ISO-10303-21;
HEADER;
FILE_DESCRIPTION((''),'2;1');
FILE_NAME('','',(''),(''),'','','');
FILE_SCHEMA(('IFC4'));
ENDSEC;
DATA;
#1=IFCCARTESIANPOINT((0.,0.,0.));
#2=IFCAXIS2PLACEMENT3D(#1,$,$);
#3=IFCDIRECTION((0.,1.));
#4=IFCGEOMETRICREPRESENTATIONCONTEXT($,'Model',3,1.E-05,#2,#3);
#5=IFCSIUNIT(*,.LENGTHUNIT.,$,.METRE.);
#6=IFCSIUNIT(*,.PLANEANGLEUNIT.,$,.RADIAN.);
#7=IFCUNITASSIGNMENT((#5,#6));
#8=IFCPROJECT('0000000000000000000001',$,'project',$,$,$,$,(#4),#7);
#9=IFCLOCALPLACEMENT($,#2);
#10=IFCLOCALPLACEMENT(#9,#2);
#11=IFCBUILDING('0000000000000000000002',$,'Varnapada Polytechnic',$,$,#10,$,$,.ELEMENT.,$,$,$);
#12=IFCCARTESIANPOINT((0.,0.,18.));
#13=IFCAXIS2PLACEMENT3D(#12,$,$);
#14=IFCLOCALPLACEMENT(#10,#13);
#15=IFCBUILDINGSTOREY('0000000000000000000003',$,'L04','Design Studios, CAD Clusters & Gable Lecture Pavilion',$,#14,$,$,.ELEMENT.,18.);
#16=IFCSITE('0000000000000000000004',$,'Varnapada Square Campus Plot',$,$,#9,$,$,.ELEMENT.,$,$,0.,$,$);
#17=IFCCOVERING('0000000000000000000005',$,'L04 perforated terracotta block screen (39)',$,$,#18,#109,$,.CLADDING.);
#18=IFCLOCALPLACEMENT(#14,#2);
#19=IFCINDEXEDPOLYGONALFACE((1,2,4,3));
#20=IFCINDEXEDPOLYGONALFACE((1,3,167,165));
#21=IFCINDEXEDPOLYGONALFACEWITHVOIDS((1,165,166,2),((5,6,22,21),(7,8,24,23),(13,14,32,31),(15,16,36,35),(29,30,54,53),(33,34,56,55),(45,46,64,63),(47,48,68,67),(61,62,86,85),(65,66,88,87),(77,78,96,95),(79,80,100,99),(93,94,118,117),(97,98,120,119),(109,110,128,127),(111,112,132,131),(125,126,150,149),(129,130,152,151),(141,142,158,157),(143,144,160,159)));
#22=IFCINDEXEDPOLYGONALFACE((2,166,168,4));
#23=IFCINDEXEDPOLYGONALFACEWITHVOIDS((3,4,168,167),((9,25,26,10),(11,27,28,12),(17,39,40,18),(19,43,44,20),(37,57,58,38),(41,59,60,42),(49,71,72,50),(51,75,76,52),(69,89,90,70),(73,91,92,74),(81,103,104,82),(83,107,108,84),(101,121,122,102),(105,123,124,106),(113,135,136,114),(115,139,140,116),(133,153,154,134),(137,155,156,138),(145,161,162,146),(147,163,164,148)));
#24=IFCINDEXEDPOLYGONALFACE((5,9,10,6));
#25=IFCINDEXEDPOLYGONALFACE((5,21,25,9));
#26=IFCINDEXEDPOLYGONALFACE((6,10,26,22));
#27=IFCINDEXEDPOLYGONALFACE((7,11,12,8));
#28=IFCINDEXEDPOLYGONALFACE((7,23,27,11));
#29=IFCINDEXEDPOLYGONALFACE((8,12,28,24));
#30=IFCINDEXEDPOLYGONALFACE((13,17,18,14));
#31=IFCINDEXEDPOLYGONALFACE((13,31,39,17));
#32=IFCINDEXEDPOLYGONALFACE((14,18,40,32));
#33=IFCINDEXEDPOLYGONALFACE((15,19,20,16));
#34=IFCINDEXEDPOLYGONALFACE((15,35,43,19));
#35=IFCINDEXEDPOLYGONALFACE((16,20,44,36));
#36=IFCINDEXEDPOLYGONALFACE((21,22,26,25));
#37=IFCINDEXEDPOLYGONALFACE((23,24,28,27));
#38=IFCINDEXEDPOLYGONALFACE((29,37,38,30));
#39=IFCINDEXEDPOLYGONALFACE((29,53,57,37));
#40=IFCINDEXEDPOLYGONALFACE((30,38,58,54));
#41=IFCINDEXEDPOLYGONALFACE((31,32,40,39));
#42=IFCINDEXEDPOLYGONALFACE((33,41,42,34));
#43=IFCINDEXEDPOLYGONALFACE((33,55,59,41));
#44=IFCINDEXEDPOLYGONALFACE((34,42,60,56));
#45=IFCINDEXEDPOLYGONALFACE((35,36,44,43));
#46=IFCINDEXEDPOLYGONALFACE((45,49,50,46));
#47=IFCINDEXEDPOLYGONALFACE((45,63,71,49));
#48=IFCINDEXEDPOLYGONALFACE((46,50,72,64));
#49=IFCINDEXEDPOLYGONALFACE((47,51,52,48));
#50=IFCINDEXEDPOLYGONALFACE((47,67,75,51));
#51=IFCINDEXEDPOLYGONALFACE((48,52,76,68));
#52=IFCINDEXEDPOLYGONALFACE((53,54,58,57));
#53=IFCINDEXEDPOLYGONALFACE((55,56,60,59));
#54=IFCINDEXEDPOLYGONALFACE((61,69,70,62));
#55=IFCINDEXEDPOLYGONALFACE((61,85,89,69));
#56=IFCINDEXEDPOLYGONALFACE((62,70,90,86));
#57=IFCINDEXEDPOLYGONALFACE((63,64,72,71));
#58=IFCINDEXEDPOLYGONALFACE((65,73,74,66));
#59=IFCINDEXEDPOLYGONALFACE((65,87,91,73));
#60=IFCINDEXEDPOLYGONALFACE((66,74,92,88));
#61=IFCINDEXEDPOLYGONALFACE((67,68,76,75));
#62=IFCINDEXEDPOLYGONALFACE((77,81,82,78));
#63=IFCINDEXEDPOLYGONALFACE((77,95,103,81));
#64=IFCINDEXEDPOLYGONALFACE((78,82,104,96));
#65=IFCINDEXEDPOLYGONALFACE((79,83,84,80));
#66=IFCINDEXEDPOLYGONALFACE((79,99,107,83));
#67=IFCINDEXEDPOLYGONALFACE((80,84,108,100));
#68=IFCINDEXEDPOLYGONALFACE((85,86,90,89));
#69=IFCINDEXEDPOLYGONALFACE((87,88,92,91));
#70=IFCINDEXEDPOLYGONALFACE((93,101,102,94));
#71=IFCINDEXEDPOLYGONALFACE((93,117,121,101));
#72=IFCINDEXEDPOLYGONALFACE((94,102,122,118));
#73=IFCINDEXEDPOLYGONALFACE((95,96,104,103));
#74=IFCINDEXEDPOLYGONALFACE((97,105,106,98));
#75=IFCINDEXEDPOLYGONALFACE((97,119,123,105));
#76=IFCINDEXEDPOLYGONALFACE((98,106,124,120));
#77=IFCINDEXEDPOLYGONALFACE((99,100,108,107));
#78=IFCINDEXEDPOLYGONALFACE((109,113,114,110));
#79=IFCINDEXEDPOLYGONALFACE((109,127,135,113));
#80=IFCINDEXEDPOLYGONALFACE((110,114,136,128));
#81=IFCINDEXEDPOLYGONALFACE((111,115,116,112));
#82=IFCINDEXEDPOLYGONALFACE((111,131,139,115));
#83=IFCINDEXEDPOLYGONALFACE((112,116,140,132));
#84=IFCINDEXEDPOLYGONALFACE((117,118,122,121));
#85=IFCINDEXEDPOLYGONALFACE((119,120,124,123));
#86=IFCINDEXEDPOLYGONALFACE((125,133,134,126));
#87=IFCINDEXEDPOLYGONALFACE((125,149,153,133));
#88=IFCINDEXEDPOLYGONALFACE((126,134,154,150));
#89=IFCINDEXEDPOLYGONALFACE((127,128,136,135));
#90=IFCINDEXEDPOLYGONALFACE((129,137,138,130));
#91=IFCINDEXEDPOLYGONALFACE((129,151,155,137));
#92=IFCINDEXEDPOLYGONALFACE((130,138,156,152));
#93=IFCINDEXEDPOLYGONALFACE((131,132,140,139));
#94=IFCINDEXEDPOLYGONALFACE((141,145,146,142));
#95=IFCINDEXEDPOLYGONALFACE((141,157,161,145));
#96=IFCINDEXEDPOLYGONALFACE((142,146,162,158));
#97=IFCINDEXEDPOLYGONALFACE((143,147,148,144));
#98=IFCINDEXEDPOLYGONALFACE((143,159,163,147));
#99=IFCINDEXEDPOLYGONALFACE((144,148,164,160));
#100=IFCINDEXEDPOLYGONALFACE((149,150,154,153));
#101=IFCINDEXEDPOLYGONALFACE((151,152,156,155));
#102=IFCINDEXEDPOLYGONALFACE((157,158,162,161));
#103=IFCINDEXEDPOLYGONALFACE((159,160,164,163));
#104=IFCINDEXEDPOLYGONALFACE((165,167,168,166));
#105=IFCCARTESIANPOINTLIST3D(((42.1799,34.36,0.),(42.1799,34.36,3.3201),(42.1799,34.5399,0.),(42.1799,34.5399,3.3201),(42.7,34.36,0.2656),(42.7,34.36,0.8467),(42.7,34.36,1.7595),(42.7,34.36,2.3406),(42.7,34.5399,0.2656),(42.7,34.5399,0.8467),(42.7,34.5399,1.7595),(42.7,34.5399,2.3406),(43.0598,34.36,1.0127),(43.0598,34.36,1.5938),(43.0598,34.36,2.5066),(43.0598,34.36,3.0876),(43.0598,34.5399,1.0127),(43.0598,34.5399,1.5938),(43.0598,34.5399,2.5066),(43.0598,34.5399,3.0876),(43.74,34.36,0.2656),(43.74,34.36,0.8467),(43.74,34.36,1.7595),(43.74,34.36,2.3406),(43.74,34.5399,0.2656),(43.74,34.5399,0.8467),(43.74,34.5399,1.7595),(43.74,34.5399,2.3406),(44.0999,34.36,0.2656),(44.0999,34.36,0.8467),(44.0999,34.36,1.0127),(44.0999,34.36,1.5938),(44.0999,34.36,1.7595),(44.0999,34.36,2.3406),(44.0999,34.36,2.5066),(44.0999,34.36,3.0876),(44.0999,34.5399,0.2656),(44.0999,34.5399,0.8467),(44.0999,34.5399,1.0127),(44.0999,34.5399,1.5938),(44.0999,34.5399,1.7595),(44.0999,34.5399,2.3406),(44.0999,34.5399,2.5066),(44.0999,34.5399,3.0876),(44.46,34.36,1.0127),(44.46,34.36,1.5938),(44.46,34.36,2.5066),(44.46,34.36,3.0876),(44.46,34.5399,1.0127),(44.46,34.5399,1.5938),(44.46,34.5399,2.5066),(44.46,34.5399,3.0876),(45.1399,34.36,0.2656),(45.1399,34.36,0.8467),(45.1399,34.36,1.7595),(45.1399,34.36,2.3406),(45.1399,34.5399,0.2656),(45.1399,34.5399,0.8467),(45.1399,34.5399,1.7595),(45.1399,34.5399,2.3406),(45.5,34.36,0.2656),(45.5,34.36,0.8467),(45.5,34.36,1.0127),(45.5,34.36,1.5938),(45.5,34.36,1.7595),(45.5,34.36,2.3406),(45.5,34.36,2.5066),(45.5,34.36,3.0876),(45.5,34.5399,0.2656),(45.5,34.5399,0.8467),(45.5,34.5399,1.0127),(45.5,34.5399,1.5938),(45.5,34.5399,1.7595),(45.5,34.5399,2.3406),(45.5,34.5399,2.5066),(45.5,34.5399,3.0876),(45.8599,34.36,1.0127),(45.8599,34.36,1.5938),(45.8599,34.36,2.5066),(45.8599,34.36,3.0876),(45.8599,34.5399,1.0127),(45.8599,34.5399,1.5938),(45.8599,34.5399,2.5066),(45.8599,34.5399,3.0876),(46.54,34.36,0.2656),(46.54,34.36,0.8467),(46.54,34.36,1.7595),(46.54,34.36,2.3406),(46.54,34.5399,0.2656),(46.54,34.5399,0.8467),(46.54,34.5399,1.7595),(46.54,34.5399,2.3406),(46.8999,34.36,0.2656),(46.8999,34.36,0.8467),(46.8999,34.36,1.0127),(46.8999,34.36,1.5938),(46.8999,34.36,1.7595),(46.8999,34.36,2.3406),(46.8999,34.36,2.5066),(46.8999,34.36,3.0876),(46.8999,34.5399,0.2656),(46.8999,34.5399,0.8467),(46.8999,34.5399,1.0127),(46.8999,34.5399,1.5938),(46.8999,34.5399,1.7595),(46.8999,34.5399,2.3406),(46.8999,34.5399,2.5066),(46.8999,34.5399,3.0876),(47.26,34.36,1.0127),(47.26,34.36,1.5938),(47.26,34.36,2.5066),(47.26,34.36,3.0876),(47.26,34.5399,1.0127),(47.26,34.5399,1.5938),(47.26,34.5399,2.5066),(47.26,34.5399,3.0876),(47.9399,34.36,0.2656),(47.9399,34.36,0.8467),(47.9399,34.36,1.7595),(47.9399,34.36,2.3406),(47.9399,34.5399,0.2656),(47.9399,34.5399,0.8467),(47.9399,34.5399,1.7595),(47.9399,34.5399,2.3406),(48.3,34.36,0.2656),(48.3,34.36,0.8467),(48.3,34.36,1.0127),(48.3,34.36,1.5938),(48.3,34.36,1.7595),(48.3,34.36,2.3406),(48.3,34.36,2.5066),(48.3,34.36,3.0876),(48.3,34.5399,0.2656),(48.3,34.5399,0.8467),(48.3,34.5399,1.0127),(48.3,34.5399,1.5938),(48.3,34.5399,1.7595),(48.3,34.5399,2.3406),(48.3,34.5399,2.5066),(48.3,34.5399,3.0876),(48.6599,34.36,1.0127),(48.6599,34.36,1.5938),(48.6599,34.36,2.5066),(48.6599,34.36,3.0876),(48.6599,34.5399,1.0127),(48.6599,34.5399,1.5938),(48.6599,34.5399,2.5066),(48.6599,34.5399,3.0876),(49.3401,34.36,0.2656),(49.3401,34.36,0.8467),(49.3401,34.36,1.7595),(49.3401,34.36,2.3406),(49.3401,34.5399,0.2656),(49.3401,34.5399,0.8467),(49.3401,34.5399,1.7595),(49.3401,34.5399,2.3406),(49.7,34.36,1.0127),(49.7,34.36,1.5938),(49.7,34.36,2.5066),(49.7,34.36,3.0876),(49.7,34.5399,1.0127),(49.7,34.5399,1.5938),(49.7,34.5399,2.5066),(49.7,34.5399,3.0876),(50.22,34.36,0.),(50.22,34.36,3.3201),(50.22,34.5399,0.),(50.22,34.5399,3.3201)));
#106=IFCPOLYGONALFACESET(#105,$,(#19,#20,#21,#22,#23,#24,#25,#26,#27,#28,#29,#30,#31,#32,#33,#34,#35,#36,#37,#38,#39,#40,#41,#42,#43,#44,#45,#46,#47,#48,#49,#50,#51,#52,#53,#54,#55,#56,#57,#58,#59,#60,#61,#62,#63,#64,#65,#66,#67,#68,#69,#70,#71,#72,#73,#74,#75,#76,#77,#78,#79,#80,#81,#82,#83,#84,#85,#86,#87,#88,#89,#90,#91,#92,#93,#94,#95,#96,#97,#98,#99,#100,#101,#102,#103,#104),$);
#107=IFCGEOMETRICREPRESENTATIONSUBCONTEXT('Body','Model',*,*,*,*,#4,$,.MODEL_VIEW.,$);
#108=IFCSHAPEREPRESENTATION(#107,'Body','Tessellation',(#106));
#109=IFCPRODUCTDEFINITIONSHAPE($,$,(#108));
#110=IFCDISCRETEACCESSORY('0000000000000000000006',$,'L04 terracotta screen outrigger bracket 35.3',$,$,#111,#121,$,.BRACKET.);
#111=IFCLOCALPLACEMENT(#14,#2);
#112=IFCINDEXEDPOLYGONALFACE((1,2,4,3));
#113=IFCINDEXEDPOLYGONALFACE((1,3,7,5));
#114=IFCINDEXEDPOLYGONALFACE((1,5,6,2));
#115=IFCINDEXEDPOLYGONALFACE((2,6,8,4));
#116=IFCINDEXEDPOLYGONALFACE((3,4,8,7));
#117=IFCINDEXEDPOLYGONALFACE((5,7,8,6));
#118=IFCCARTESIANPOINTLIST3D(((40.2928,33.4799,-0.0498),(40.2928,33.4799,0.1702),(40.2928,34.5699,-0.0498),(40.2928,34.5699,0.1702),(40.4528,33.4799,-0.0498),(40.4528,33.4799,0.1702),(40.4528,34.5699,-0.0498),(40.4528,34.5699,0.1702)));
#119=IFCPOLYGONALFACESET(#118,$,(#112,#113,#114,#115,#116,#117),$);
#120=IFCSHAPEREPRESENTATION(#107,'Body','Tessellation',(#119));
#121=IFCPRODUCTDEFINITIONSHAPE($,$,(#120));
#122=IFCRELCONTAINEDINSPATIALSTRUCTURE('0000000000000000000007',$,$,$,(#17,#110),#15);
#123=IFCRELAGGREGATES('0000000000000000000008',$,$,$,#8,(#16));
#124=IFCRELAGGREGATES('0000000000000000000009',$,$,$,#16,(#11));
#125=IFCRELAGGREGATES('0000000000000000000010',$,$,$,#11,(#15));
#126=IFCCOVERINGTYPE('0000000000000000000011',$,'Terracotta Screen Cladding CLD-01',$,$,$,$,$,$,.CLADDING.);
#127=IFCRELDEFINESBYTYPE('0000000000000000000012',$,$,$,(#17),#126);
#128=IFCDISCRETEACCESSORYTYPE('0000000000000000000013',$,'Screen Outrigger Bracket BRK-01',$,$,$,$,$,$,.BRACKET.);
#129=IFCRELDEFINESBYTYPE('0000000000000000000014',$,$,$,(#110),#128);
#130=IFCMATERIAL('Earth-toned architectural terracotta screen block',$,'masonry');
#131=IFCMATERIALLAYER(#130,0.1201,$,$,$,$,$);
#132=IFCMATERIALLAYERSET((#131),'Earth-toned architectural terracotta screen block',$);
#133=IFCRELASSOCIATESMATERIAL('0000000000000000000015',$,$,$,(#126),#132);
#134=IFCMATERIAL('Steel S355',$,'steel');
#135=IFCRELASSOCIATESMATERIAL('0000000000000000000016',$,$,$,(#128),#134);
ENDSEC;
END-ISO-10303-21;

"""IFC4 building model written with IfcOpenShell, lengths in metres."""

from ifc_helpers import new_model, si_unit, direction, frame, frame_2d, origin, origin_2d, place, context, subcontext, project, spatial, rectangle, extrude, material, layer, layer_set, type_object, element, save


model = new_model("IFC4")

# Units and contexts
model_context = context("Model", 3, precision=1e-05, world=origin(), true_north=direction((0.0, 1.0)))
body_context = subcontext(model_context, "Body", "Model", "MODEL_VIEW")
ifc_project = project(units=[si_unit("LENGTHUNIT", "METRE"), si_unit("PLANEANGLEUNIT", "RADIAN")], contexts=[model_context])

# Site, building, storey
site_placement = place(None, origin())
site = spatial("IfcSite", under=ifc_project, at=site_placement, Name="Varnapada Square Campus Plot", CompositionType="ELEMENT", RefElevation=0.0)
building_placement = place(site_placement, origin())
building = spatial("IfcBuilding", under=site, at=building_placement, Name="Varnapada Polytechnic", CompositionType="ELEMENT")
storey_placement = place(building_placement, frame((0.0, 0.0, 18.0)))
storey = spatial("IfcBuildingStorey", under=building, at=storey_placement, Name="L04", Description="Design Studios, CAD Clusters & Gable Lecture Pavilion", CompositionType="ELEMENT", Elevation=18.0)

# Covering, openings
ifc_material_1 = material(Name="Earth-toned architectural terracotta screen block", Category="masonry")
ifc_layer = layer(ifc_material_1, 0.1201)
ifc_layer_set = layer_set([ifc_layer], Name="Earth-toned architectural terracotta screen block")
covering_type = type_object("IfcCoveringType", Name="Terracotta Screen Cladding CLD-01", PredefinedType="CLADDING", material=ifc_layer_set)
covering_placement = place(storey_placement, frame((42.1799, 34.45, 0.0), z_axis=(0.0, 0.0, 1.0), x_axis=(1.0, 0.0, 0.0)))
covering = element("IfcCovering", 1, at=covering_placement, inside=storey, type_object=covering_type, Name="L04 perforated terracotta block screen (39)", PredefinedType="CLADDING", context=body_context, shape_type="SweptSolid", body=[
    extrude(rectangle(XDim=8.04, YDim=0.1799, at=frame_2d((4.02, 0.0))), origin(), (0.0, 0.0, 1.0), 3.3201),
])
opening_1_placement = place(covering_placement, frame((0.52, 0.0, 0.2656)))
element("IfcOpeningElement", 2, at=opening_1_placement, cuts=covering, PredefinedType="OPENING", context=body_context, shape_type="SweptSolid", body=[
    extrude(rectangle(XDim=1.04, YDim=0.5811, at=frame_2d((0.52, 0.2905))), frame((0.0, 0.0999, 0.0), z_axis=(0.0, -1.0, 0.0), x_axis=(1.0, 0.0, 0.0)), (0.0, 0.0, 1.0), 0.2),
])
opening_2_placement = place(covering_placement, frame((1.9199, 0.0, 0.2656)))
element("IfcOpeningElement", 3, at=opening_2_placement, cuts=covering, PredefinedType="OPENING", context=body_context, shape_type="SweptSolid", body=[
    extrude(rectangle(XDim=1.04, YDim=0.5811, at=frame_2d((0.52, 0.2905))), frame((0.0, 0.0999, 0.0), z_axis=(0.0, -1.0, 0.0), x_axis=(1.0, 0.0, 0.0)), (0.0, 0.0, 1.0), 0.2),
])
opening_3_placement = place(covering_placement, frame((3.3201, 0.0, 0.2656)))
element("IfcOpeningElement", 4, at=opening_3_placement, cuts=covering, PredefinedType="OPENING", context=body_context, shape_type="SweptSolid", body=[
    extrude(rectangle(XDim=1.04, YDim=0.5811, at=frame_2d((0.52, 0.2905))), frame((0.0, 0.0999, 0.0), z_axis=(0.0, -1.0, 0.0), x_axis=(1.0, 0.0, 0.0)), (0.0, 0.0, 1.0), 0.2),
])
opening_4_placement = place(covering_placement, frame((4.72, 0.0, 0.2656)))
element("IfcOpeningElement", 5, at=opening_4_placement, cuts=covering, PredefinedType="OPENING", context=body_context, shape_type="SweptSolid", body=[
    extrude(rectangle(XDim=1.04, YDim=0.5811, at=frame_2d((0.52, 0.2905))), frame((0.0, 0.0999, 0.0), z_axis=(0.0, -1.0, 0.0), x_axis=(1.0, 0.0, 0.0)), (0.0, 0.0, 1.0), 0.2),
])
opening_5_placement = place(covering_placement, frame((6.1201, 0.0, 0.2656)))
element("IfcOpeningElement", 6, at=opening_5_placement, cuts=covering, PredefinedType="OPENING", context=body_context, shape_type="SweptSolid", body=[
    extrude(rectangle(XDim=1.04, YDim=0.5811, at=frame_2d((0.52, 0.2905))), frame((0.0, 0.0999, 0.0), z_axis=(0.0, -1.0, 0.0), x_axis=(1.0, 0.0, 0.0)), (0.0, 0.0, 1.0), 0.2),
])
opening_6_placement = place(covering_placement, frame((0.8799, 0.0, 1.0127)))
element("IfcOpeningElement", 7, at=opening_6_placement, cuts=covering, PredefinedType="OPENING", context=body_context, shape_type="SweptSolid", body=[
    extrude(rectangle(XDim=1.04, YDim=0.5811, at=frame_2d((0.52, 0.2905))), frame((0.0, 0.0999, 0.0), z_axis=(0.0, -1.0, 0.0), x_axis=(1.0, 0.0, 0.0)), (0.0, 0.0, 1.0), 0.2),
])
opening_7_placement = place(covering_placement, frame((2.28, 0.0, 1.0127)))
element("IfcOpeningElement", 8, at=opening_7_placement, cuts=covering, PredefinedType="OPENING", context=body_context, shape_type="SweptSolid", body=[
    extrude(rectangle(XDim=1.04, YDim=0.5811, at=frame_2d((0.52, 0.2905))), frame((0.0, 0.0999, 0.0), z_axis=(0.0, -1.0, 0.0), x_axis=(1.0, 0.0, 0.0)), (0.0, 0.0, 1.0), 0.2),
])
opening_8_placement = place(covering_placement, frame((3.6799, 0.0, 1.0127)))
element("IfcOpeningElement", 9, at=opening_8_placement, cuts=covering, PredefinedType="OPENING", context=body_context, shape_type="SweptSolid", body=[
    extrude(rectangle(XDim=1.04, YDim=0.5811, at=frame_2d((0.52, 0.2905))), frame((0.0, 0.0999, 0.0), z_axis=(0.0, -1.0, 0.0), x_axis=(1.0, 0.0, 0.0)), (0.0, 0.0, 1.0), 0.2),
])
opening_9_placement = place(covering_placement, frame((5.0801, 0.0, 1.0127)))
element("IfcOpeningElement", 10, at=opening_9_placement, cuts=covering, PredefinedType="OPENING", context=body_context, shape_type="SweptSolid", body=[
    extrude(rectangle(XDim=1.04, YDim=0.5811, at=frame_2d((0.52, 0.2905))), frame((0.0, 0.0999, 0.0), z_axis=(0.0, -1.0, 0.0), x_axis=(1.0, 0.0, 0.0)), (0.0, 0.0, 1.0), 0.2),
])
opening_10_placement = place(covering_placement, frame((6.48, 0.0, 1.0127)))
element("IfcOpeningElement", 11, at=opening_10_placement, cuts=covering, PredefinedType="OPENING", context=body_context, shape_type="SweptSolid", body=[
    extrude(rectangle(XDim=1.04, YDim=0.5811, at=frame_2d((0.52, 0.2905))), frame((0.0, 0.0999, 0.0), z_axis=(0.0, -1.0, 0.0), x_axis=(1.0, 0.0, 0.0)), (0.0, 0.0, 1.0), 0.2),
])
opening_11_placement = place(covering_placement, frame((0.52, 0.0, 1.7595)))
element("IfcOpeningElement", 12, at=opening_11_placement, cuts=covering, PredefinedType="OPENING", context=body_context, shape_type="SweptSolid", body=[
    extrude(rectangle(XDim=1.04, YDim=0.5811, at=frame_2d((0.52, 0.2905))), frame((0.0, 0.0999, 0.0), z_axis=(0.0, -1.0, 0.0), x_axis=(1.0, 0.0, 0.0)), (0.0, 0.0, 1.0), 0.2),
])
opening_12_placement = place(covering_placement, frame((1.9199, 0.0, 1.7595)))
element("IfcOpeningElement", 13, at=opening_12_placement, cuts=covering, PredefinedType="OPENING", context=body_context, shape_type="SweptSolid", body=[
    extrude(rectangle(XDim=1.04, YDim=0.5811, at=frame_2d((0.52, 0.2905))), frame((0.0, 0.0999, 0.0), z_axis=(0.0, -1.0, 0.0), x_axis=(1.0, 0.0, 0.0)), (0.0, 0.0, 1.0), 0.2),
])
opening_13_placement = place(covering_placement, frame((3.3201, 0.0, 1.7595)))
element("IfcOpeningElement", 14, at=opening_13_placement, cuts=covering, PredefinedType="OPENING", context=body_context, shape_type="SweptSolid", body=[
    extrude(rectangle(XDim=1.04, YDim=0.5811, at=frame_2d((0.52, 0.2905))), frame((0.0, 0.0999, 0.0), z_axis=(0.0, -1.0, 0.0), x_axis=(1.0, 0.0, 0.0)), (0.0, 0.0, 1.0), 0.2),
])
opening_14_placement = place(covering_placement, frame((4.72, 0.0, 1.7595)))
element("IfcOpeningElement", 15, at=opening_14_placement, cuts=covering, PredefinedType="OPENING", context=body_context, shape_type="SweptSolid", body=[
    extrude(rectangle(XDim=1.04, YDim=0.5811, at=frame_2d((0.52, 0.2905))), frame((0.0, 0.0999, 0.0), z_axis=(0.0, -1.0, 0.0), x_axis=(1.0, 0.0, 0.0)), (0.0, 0.0, 1.0), 0.2),
])
opening_15_placement = place(covering_placement, frame((6.1201, 0.0, 1.7595)))
element("IfcOpeningElement", 16, at=opening_15_placement, cuts=covering, PredefinedType="OPENING", context=body_context, shape_type="SweptSolid", body=[
    extrude(rectangle(XDim=1.04, YDim=0.5811, at=frame_2d((0.52, 0.2905))), frame((0.0, 0.0999, 0.0), z_axis=(0.0, -1.0, 0.0), x_axis=(1.0, 0.0, 0.0)), (0.0, 0.0, 1.0), 0.2),
])
opening_16_placement = place(covering_placement, frame((0.8799, 0.0, 2.5066)))
element("IfcOpeningElement", 17, at=opening_16_placement, cuts=covering, PredefinedType="OPENING", context=body_context, shape_type="SweptSolid", body=[
    extrude(rectangle(XDim=1.04, YDim=0.5811, at=frame_2d((0.52, 0.2905))), frame((0.0, 0.0999, 0.0), z_axis=(0.0, -1.0, 0.0), x_axis=(1.0, 0.0, 0.0)), (0.0, 0.0, 1.0), 0.2),
])
opening_17_placement = place(covering_placement, frame((2.28, 0.0, 2.5066)))
element("IfcOpeningElement", 18, at=opening_17_placement, cuts=covering, PredefinedType="OPENING", context=body_context, shape_type="SweptSolid", body=[
    extrude(rectangle(XDim=1.04, YDim=0.5811, at=frame_2d((0.52, 0.2905))), frame((0.0, 0.0999, 0.0), z_axis=(0.0, -1.0, 0.0), x_axis=(1.0, 0.0, 0.0)), (0.0, 0.0, 1.0), 0.2),
])
opening_18_placement = place(covering_placement, frame((3.6799, 0.0, 2.5066)))
element("IfcOpeningElement", 19, at=opening_18_placement, cuts=covering, PredefinedType="OPENING", context=body_context, shape_type="SweptSolid", body=[
    extrude(rectangle(XDim=1.04, YDim=0.5811, at=frame_2d((0.52, 0.2905))), frame((0.0, 0.0999, 0.0), z_axis=(0.0, -1.0, 0.0), x_axis=(1.0, 0.0, 0.0)), (0.0, 0.0, 1.0), 0.2),
])
opening_19_placement = place(covering_placement, frame((5.0801, 0.0, 2.5066)))
element("IfcOpeningElement", 20, at=opening_19_placement, cuts=covering, PredefinedType="OPENING", context=body_context, shape_type="SweptSolid", body=[
    extrude(rectangle(XDim=1.04, YDim=0.5811, at=frame_2d((0.52, 0.2905))), frame((0.0, 0.0999, 0.0), z_axis=(0.0, -1.0, 0.0), x_axis=(1.0, 0.0, 0.0)), (0.0, 0.0, 1.0), 0.2),
])
opening_20_placement = place(covering_placement, frame((6.48, 0.0, 2.5066)))
element("IfcOpeningElement", 21, at=opening_20_placement, cuts=covering, PredefinedType="OPENING", context=body_context, shape_type="SweptSolid", body=[
    extrude(rectangle(XDim=1.04, YDim=0.5811, at=frame_2d((0.52, 0.2905))), frame((0.0, 0.0999, 0.0), z_axis=(0.0, -1.0, 0.0), x_axis=(1.0, 0.0, 0.0)), (0.0, 0.0, 1.0), 0.2),
])

# Discrete accessory
ifc_material_2 = material(Name="Steel S355", Category="steel")
discrete_accessory_type = type_object("IfcDiscreteAccessoryType", Name="Screen Outrigger Bracket BRK-01", PredefinedType="BRACKET", material=ifc_material_2)
for number, where, z_axis, x_axis, name in (
    (22, (40.3728, 34.0249, -0.0498), (0.0, 0.0, 1.0), (1.0, 0.0, 0.0), "L04 terracotta screen outrigger bracket 35.3"),
):
    element("IfcDiscreteAccessory", number, at=place(storey_placement, frame(where, z_axis=z_axis, x_axis=x_axis)), inside=storey, type_object=discrete_accessory_type, Name=name, PredefinedType="BRACKET", context=body_context, shape_type="SweptSolid", body=[
        extrude(rectangle(XDim=0.1599, YDim=1.0901, at=origin_2d()), origin(), (0.0, 0.0, 1.0), 0.22),
    ])

save(model, "model.ifc")
